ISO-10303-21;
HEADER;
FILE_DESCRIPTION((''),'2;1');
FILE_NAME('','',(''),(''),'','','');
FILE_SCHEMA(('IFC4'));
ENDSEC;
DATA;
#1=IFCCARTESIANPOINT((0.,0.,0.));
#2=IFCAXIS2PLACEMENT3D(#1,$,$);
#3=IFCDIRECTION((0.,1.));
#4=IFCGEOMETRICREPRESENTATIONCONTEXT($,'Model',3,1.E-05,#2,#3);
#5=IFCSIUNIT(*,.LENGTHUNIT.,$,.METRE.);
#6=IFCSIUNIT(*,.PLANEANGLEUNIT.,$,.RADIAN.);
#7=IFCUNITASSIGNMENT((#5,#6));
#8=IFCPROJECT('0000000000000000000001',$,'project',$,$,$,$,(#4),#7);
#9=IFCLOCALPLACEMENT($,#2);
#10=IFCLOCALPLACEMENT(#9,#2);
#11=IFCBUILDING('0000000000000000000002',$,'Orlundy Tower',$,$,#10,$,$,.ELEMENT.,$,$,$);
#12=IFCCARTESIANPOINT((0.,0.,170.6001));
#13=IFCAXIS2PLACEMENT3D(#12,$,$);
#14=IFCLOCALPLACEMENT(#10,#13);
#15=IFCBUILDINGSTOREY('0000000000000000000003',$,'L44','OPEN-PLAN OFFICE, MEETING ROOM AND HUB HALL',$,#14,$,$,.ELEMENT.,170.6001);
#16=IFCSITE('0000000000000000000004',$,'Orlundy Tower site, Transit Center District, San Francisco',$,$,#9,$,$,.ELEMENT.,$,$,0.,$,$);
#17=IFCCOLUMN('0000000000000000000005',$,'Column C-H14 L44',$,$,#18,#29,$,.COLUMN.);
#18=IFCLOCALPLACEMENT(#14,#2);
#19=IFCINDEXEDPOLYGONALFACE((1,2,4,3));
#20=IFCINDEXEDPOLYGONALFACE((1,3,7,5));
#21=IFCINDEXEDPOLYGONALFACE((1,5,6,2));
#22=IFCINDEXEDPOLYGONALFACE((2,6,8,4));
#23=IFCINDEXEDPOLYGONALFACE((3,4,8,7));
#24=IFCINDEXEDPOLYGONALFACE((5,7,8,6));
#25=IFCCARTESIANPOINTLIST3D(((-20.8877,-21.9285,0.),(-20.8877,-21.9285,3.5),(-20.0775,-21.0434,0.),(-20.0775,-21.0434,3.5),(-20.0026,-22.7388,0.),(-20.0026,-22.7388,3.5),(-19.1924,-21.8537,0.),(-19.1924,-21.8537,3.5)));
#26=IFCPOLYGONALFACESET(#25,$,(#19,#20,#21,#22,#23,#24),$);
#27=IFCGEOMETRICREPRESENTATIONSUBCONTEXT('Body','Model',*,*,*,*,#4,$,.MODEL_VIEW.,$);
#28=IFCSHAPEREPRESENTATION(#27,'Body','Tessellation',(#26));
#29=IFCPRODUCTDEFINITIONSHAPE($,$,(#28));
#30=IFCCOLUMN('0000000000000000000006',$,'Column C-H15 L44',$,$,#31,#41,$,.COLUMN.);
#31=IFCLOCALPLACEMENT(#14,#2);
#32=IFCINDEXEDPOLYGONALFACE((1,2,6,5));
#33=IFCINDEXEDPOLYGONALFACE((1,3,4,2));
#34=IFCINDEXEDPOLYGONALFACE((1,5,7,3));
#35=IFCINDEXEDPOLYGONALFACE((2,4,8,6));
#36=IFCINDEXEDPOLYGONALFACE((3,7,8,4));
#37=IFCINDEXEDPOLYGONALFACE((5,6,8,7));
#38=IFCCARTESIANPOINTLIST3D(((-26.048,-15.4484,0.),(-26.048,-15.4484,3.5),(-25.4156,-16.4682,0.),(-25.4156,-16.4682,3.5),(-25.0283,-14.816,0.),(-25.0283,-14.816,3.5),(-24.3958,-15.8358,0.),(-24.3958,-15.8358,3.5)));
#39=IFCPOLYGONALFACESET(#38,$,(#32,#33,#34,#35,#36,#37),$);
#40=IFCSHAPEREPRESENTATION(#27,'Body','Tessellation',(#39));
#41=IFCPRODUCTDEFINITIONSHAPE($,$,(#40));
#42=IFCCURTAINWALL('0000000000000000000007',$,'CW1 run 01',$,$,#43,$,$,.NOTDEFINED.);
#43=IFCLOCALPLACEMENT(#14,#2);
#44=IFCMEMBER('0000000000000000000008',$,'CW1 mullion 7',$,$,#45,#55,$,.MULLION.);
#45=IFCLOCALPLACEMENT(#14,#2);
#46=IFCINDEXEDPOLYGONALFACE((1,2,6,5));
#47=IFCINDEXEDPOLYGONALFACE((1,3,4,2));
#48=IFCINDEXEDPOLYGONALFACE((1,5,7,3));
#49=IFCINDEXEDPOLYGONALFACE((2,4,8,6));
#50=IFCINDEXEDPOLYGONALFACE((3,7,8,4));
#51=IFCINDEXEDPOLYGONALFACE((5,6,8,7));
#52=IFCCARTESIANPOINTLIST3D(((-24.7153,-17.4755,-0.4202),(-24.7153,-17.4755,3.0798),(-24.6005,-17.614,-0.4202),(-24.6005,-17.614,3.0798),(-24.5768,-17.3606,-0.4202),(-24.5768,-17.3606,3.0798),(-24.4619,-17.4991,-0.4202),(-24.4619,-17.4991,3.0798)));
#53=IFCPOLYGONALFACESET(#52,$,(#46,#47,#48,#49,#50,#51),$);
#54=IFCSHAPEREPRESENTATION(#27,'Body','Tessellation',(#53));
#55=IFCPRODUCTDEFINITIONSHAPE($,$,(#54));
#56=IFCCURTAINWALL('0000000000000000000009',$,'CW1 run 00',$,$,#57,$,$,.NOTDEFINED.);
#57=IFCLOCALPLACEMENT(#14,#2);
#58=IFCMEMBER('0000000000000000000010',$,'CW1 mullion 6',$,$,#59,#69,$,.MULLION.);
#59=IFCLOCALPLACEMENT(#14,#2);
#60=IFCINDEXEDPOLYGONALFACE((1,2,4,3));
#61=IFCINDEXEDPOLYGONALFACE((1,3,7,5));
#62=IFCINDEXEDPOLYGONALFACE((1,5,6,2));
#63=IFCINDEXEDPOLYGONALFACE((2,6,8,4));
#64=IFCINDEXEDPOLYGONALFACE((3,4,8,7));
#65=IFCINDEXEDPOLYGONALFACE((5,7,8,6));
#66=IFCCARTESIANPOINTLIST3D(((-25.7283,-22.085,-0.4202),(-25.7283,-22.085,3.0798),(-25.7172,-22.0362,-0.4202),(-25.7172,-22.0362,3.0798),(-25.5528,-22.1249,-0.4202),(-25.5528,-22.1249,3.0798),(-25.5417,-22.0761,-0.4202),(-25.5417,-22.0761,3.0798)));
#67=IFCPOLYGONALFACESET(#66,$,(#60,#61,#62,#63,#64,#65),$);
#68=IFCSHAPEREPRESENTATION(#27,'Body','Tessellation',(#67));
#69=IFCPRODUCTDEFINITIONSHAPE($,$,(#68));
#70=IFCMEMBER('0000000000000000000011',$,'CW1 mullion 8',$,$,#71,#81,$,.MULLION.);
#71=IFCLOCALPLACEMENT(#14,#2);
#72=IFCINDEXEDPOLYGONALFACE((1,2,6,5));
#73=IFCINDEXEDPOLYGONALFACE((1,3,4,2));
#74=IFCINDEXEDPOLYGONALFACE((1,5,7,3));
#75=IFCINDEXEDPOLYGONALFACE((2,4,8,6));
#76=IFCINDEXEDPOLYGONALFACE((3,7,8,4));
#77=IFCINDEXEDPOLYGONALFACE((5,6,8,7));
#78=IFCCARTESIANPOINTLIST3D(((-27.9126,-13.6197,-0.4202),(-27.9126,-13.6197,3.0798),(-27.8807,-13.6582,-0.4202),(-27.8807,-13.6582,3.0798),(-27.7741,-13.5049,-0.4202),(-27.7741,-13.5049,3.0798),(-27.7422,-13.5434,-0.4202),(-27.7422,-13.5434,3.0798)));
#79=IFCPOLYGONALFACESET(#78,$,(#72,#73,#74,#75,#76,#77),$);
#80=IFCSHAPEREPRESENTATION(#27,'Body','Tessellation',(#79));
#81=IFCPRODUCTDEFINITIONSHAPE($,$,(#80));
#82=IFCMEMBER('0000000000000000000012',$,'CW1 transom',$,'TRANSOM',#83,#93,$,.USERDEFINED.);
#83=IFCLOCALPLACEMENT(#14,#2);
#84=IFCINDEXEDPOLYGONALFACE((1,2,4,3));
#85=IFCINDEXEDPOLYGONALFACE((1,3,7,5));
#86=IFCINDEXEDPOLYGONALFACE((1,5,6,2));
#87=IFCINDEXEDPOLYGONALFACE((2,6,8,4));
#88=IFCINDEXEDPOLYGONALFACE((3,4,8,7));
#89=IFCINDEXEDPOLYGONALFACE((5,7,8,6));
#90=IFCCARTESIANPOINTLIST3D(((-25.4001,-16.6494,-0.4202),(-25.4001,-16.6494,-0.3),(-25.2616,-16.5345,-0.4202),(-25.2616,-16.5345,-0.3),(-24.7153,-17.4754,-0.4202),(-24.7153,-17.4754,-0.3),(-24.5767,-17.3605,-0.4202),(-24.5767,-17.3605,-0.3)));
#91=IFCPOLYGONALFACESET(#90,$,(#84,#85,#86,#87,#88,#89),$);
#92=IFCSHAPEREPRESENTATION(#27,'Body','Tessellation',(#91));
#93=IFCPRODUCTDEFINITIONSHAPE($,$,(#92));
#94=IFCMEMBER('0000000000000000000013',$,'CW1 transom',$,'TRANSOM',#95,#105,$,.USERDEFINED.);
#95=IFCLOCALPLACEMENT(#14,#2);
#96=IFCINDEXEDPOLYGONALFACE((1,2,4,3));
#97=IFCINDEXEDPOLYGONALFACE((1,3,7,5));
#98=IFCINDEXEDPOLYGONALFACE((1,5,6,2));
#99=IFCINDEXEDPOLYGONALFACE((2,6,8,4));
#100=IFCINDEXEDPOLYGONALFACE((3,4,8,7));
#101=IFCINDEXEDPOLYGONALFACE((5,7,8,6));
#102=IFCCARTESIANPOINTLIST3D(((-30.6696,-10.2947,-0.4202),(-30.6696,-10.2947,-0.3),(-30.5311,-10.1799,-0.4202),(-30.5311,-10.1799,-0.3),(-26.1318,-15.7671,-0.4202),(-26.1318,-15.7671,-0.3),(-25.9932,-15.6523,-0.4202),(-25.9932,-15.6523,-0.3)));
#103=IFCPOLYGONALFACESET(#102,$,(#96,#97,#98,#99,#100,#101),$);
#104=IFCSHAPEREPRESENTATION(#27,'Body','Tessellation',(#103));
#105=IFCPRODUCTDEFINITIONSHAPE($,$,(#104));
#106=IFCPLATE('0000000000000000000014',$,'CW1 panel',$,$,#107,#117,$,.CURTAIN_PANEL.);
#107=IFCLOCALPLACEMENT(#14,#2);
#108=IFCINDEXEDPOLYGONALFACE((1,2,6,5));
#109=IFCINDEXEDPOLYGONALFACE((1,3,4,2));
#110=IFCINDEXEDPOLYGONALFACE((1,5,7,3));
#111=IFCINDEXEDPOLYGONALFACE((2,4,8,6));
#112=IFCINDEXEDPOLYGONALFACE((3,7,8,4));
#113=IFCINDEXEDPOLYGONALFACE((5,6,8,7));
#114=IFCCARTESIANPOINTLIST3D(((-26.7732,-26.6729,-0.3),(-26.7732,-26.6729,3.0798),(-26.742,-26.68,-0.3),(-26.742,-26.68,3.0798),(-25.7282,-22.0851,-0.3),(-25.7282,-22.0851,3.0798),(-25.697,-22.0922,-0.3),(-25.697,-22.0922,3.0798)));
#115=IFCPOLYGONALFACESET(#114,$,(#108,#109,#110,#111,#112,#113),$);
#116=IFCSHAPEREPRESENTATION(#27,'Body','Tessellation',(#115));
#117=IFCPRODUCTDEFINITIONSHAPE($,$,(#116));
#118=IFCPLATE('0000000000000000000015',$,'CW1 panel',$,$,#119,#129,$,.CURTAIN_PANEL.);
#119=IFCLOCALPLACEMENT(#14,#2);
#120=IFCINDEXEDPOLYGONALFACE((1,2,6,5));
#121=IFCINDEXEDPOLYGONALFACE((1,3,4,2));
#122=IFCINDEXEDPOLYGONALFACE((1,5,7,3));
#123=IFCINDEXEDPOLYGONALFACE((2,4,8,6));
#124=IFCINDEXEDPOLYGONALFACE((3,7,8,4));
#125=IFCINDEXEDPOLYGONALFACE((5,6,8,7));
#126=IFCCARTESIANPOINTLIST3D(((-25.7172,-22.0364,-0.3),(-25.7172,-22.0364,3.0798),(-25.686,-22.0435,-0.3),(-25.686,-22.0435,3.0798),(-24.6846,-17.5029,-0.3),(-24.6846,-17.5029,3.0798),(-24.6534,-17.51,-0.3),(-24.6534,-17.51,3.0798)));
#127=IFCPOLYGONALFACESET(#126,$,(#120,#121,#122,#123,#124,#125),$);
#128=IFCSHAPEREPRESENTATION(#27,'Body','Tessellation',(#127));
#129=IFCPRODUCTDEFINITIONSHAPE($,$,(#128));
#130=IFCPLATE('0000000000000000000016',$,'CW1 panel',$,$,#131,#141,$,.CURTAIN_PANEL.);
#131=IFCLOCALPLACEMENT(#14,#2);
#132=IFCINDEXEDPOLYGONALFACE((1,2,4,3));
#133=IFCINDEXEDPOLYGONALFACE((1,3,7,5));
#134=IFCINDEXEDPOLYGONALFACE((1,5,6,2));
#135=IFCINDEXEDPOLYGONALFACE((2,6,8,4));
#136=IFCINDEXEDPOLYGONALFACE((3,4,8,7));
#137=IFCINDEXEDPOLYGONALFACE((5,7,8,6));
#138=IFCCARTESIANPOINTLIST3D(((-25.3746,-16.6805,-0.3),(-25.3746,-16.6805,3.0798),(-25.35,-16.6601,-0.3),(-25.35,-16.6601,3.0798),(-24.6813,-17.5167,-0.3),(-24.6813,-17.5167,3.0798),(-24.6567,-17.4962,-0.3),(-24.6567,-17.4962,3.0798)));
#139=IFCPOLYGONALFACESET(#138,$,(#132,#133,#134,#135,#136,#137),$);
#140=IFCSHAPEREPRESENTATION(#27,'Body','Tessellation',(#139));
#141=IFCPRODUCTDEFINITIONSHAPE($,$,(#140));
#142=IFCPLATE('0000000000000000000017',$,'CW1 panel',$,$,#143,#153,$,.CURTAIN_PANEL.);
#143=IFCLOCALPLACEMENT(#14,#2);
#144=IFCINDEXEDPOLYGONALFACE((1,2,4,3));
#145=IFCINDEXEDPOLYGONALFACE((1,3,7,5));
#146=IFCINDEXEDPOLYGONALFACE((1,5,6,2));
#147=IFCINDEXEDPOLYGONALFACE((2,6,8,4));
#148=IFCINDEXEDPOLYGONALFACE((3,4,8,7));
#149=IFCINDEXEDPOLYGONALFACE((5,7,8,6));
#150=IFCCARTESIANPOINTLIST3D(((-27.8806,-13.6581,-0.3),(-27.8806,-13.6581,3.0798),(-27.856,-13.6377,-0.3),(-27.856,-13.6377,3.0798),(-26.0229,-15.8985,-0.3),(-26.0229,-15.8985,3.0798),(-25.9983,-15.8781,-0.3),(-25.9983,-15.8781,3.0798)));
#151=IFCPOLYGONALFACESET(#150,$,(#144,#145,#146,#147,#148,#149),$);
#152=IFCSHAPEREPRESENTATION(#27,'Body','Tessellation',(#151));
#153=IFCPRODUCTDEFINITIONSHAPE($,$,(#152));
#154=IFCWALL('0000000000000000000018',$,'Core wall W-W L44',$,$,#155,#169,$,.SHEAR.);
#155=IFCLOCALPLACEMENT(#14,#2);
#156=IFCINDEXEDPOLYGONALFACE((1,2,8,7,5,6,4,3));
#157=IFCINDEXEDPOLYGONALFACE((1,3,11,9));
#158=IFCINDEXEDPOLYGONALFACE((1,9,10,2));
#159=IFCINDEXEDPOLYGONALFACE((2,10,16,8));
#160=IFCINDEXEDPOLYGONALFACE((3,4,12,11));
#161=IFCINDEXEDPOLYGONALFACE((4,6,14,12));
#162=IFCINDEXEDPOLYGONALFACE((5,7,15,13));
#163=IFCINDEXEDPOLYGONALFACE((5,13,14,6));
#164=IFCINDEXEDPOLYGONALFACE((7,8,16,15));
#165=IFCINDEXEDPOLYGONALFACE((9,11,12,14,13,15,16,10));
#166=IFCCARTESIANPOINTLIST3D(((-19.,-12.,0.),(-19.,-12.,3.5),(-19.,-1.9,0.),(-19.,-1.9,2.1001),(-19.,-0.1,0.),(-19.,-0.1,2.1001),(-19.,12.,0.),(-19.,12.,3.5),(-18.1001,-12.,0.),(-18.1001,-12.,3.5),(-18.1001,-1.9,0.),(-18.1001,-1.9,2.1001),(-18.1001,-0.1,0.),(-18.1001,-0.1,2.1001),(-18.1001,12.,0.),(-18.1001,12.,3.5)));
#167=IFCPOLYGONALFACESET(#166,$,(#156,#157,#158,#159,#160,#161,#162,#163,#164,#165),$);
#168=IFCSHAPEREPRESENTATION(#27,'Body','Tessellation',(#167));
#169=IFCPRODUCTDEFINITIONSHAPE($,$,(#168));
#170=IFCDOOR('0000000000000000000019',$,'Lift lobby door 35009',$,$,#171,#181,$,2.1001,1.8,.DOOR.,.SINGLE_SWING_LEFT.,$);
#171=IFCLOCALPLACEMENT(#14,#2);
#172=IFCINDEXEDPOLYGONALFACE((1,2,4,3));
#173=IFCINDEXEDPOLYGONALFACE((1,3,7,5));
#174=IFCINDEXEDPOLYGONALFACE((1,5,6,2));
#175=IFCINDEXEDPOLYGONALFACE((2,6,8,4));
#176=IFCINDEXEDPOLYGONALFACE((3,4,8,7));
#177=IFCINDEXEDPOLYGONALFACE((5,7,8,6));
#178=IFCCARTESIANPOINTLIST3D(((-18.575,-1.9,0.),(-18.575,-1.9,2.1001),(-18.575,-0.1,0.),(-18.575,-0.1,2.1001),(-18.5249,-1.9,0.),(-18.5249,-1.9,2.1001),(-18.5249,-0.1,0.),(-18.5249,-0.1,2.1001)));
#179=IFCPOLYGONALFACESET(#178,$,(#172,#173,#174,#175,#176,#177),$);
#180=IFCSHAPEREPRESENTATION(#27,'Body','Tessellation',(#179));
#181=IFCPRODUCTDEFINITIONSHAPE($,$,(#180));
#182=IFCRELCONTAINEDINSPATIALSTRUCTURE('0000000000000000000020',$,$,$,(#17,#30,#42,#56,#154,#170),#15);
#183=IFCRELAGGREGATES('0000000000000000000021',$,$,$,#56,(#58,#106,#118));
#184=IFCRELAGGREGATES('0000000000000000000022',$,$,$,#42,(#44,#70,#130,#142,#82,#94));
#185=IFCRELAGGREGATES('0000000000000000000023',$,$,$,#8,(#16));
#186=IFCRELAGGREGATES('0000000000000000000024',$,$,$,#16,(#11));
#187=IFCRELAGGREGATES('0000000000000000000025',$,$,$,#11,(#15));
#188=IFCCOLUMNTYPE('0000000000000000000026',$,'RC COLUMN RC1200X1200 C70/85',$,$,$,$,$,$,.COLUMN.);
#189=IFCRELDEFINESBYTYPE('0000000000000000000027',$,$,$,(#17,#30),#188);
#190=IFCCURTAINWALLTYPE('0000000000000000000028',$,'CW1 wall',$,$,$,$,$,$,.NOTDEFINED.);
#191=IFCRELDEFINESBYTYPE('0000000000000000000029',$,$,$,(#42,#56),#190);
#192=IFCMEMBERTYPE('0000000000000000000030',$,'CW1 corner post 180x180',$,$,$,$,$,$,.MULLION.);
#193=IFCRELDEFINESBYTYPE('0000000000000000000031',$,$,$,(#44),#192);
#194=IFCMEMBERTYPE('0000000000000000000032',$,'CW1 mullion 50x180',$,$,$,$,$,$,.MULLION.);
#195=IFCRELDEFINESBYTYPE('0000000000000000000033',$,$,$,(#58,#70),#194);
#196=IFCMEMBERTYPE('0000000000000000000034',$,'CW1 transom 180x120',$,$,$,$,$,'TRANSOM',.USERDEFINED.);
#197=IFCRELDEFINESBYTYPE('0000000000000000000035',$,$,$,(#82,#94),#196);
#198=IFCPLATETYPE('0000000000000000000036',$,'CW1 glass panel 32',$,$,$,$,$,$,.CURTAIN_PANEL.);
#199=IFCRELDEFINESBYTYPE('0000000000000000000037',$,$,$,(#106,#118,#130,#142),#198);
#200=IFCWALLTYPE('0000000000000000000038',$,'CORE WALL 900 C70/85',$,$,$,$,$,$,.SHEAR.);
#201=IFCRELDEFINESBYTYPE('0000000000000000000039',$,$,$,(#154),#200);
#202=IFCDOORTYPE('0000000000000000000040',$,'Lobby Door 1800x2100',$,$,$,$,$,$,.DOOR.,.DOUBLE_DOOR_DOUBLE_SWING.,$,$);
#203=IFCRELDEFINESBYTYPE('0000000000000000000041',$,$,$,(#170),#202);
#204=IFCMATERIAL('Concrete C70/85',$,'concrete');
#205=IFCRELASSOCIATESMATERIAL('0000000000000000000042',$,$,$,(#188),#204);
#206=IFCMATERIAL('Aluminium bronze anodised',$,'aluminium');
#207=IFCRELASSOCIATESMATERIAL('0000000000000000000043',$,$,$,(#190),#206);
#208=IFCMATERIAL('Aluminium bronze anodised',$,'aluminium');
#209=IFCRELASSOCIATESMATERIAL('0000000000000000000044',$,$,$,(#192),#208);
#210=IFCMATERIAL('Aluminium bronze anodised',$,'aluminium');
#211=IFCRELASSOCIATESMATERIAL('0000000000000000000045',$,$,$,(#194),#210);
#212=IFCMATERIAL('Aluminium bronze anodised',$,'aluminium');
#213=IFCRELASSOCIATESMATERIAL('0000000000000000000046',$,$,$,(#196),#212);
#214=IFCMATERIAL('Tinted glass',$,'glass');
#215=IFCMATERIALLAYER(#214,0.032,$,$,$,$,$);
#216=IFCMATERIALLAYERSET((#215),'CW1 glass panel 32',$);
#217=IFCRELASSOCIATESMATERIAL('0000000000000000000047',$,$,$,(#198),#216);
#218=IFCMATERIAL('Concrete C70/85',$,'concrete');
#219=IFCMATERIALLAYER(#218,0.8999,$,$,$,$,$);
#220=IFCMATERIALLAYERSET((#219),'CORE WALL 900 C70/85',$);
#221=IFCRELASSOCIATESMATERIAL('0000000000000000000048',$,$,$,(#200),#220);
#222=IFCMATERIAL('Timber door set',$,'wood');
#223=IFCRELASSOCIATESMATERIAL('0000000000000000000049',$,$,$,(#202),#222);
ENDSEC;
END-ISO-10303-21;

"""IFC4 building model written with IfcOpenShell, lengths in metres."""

from ifc_helpers import new_model, si_unit, direction, frame, frame_2d, origin, origin_2d, place, context, subcontext, project, spatial, rectangle, extrude, material, layer, layer_set, material_profile, profile_set, type_object, element, fill, aggregate, save


model = new_model("IFC4")

# Units and contexts
model_context = context("Model", 3, precision=1e-05, world=origin(), true_north=direction((0.0, 1.0)))
body_context = subcontext(model_context, "Body", "Model", "MODEL_VIEW")
ifc_project = project(units=[si_unit("LENGTHUNIT", "METRE"), si_unit("PLANEANGLEUNIT", "RADIAN")], contexts=[model_context])

# Site, building, storey
site_placement = place(None, origin())
site = spatial("IfcSite", under=ifc_project, at=site_placement, Name="Orlundy Tower site, Transit Center District, San Francisco", CompositionType="ELEMENT", RefElevation=0.0)
building_placement = place(site_placement, origin())
building = spatial("IfcBuilding", under=site, at=building_placement, Name="Orlundy Tower", CompositionType="ELEMENT")
storey_placement = place(building_placement, frame((0.0, 0.0, 170.6001)))
storey = spatial("IfcBuildingStorey", under=building, at=storey_placement, Name="L44", Description="OPEN-PLAN OFFICE, MEETING ROOM AND HUB HALL", CompositionType="ELEMENT", Elevation=170.6001)

# Columns
ifc_material_1 = material(Name="Concrete C70/85", Category="concrete")
ifc_material_profile_1 = material_profile(ifc_material_1, rectangle(XDim=1.2, YDim=1.2, at=origin_2d()), Name="RC1200X1200")
ifc_profile_set_1 = profile_set([ifc_material_profile_1], Name="Concrete C70/85")
column_type = type_object("IfcColumnType", Name="RC COLUMN RC1200X1200 C70/85", PredefinedType="COLUMN", material=ifc_profile_set_1)
for number, where, z_axis, x_axis, name in (
    (1, (-20.04, -21.8911, 0.0), (0.0, 0.0, 1.0), (-0.67523, -0.737607, 0.0), "Column C-H14 L44"),
    (2, (-25.2219, -15.6421, 0.0), (0.0, 0.0, 1.0), (-0.849838, -0.527045, 0.0), "Column C-H15 L44"),
):
    element("IfcColumn", number, at=place(storey_placement, frame(where, z_axis=z_axis, x_axis=x_axis)), inside=storey, type_object=column_type, Name=name, PredefinedType="COLUMN", context=body_context, shape_type="SweptSolid", body=[
        extrude(rectangle(XDim=1.2, YDim=1.2, at=origin_2d()), origin(), (0.0, 0.0, 1.0), 3.5),
    ])

# Curtain walls, members
ifc_material_2 = material(Name="Aluminium bronze anodised", Category="aluminium")
curtain_wall_type = type_object("IfcCurtainWallType", Name="CW1 wall", PredefinedType="NOTDEFINED", material=ifc_material_2)
curtain_wall_1_placement = place(storey_placement, origin())
curtain_wall_1 = element("IfcCurtainWall", 3, at=curtain_wall_1_placement, inside=storey, type_object=curtain_wall_type, Name="CW1 run 01", PredefinedType="NOTDEFINED")
ifc_material_3 = material(Name="Aluminium bronze anodised", Category="aluminium")
ifc_material_profile_2 = material_profile(ifc_material_3, rectangle(XDim=0.1799, YDim=0.1799, at=origin_2d()), Name="CW1 corner post 180x180")
ifc_profile_set_2 = profile_set([ifc_material_profile_2], Name="Aluminium bronze anodised")
member_type_1 = type_object("IfcMemberType", Name="CW1 corner post 180x180", PredefinedType="MULLION", material=ifc_profile_set_2)
member_1_placement = place(storey_placement, frame((-24.5886, -17.4873, -0.4202), z_axis=(0.0, 0.0, 1.0), x_axis=(-0.769788, -0.638299, 0.0)))
member_1 = element("IfcMember", 4, at=member_1_placement, type_object=member_type_1, Name="CW1 mullion 7", PredefinedType="MULLION", context=body_context, shape_type="SweptSolid", body=[
    extrude(rectangle(XDim=0.1799, YDim=0.1799, at=origin_2d()), origin(), (0.0, 0.0, 1.0), 3.5),
])
curtain_wall_2_placement = place(storey_placement, origin())
curtain_wall_2 = element("IfcCurtainWall", 5, at=curtain_wall_2_placement, inside=storey, type_object=curtain_wall_type, Name="CW1 run 00", PredefinedType="NOTDEFINED")
ifc_material_4 = material(Name="Aluminium bronze anodised", Category="aluminium")
ifc_material_profile_3 = material_profile(ifc_material_4, rectangle(XDim=0.1799, YDim=0.05, at=origin_2d()), Name="CW1 mullion 50x180")
ifc_profile_set_3 = profile_set([ifc_material_profile_3], Name="Aluminium bronze anodised")
member_type_2 = type_object("IfcMemberType", Name="CW1 mullion 50x180", PredefinedType="MULLION", material=ifc_profile_set_3)
member_2_placement = place(storey_placement, frame((-25.635, -22.0806, -0.4202), z_axis=(0.0, 0.0, 1.0), x_axis=(-0.975025, 0.222097, 0.0)))
member_2 = element("IfcMember", 6, at=member_2_placement, type_object=member_type_2, Name="CW1 mullion 6", PredefinedType="MULLION", context=body_context, shape_type="SweptSolid", body=[
    extrude(rectangle(XDim=0.1799, YDim=0.05, at=origin_2d()), origin(), (0.0, 0.0, 1.0), 3.5),
])

# Members
member_3_placement = place(storey_placement, frame((-27.8274, -13.5815, -0.4202), z_axis=(0.0, 0.0, 1.0), x_axis=(-0.769788, -0.638299, 0.0)))
member_3 = element("IfcMember", 7, at=member_3_placement, type_object=member_type_2, Name="CW1 mullion 8", PredefinedType="MULLION", context=body_context, shape_type="SweptSolid", body=[
    extrude(rectangle(XDim=0.1799, YDim=0.05, at=origin_2d()), origin(), (0.0, 0.0, 1.0), 3.5),
])
ifc_material_5 = material(Name="Aluminium bronze anodised", Category="aluminium")
ifc_material_profile_4 = material_profile(ifc_material_5, rectangle(XDim=0.1799, YDim=0.1201, at=origin_2d()), Name="CW1 transom 180x120")
ifc_profile_set_4 = profile_set([ifc_material_profile_4], Name="Aluminium bronze anodised")
member_type_3 = type_object("IfcMemberType", Name="CW1 transom 180x120", ElementType="TRANSOM", PredefinedType="USERDEFINED", material=ifc_profile_set_4)
member_4_placement = place(storey_placement, frame((-24.646, -17.418, -0.3601), z_axis=(-0.63828, 0.769804, 0.0), x_axis=(-0.769804, -0.63828, 0.0)))
member_4 = element("IfcMember", 8, at=member_4_placement, type_object=member_type_3, Name="CW1 transom", ObjectType="TRANSOM", PredefinedType="USERDEFINED", context=body_context, shape_type="SweptSolid", body=[
    extrude(rectangle(XDim=0.1799, YDim=0.1201, at=origin_2d()), origin(), (0.0, 0.0, 1.0), 1.073),
])
member_5_placement = place(storey_placement, frame((-26.0625, -15.7097, -0.3601), z_axis=(-0.638315, 0.769776, 0.0), x_axis=(-0.769776, -0.638315, 0.0)))
member_5 = element("IfcMember", 9, at=member_5_placement, type_object=member_type_3, Name="CW1 transom", ObjectType="TRANSOM", PredefinedType="USERDEFINED", context=body_context, shape_type="SweptSolid", body=[
    extrude(rectangle(XDim=0.1799, YDim=0.1201, at=origin_2d()), origin(), (0.0, 0.0, 1.0), 7.1091),
])

# Plates
ifc_material_6 = material(Name="Tinted glass", Category="glass")
ifc_layer_1 = layer(ifc_material_6, 0.032)
ifc_layer_set_1 = layer_set([ifc_layer_1], Name="CW1 glass panel 32")
plate_type = type_object("IfcPlateType", Name="CW1 glass panel 32", PredefinedType="CURTAIN_PANEL", material=ifc_layer_set_1)
plate_1_placement = place(storey_placement, frame((-26.2351, -24.3826, -0.3), z_axis=(0.0, 0.0, 1.0), x_axis=(0.222097, 0.975025, 0.0)))
plate_1 = element("IfcPlate", 10, at=plate_1_placement, type_object=plate_type, Name="CW1 panel", PredefinedType="CURTAIN_PANEL", context=body_context, shape_type="SweptSolid", body=[
    extrude(rectangle(XDim=4.7053, YDim=0.032, at=origin_2d()), origin(), (0.0, 0.0, 1.0), 3.3799),
])
plate_2_placement = place(storey_placement, frame((-25.1853, -19.7732, -0.3), z_axis=(0.0, 0.0, 1.0), x_axis=(0.222097, 0.975025, 0.0)))
plate_2 = element("IfcPlate", 11, at=plate_2_placement, type_object=plate_type, Name="CW1 panel", PredefinedType="CURTAIN_PANEL", context=body_context, shape_type="SweptSolid", body=[
    extrude(rectangle(XDim=4.6497, YDim=0.032, at=origin_2d()), origin(), (0.0, 0.0, 1.0), 3.3799),
])
aggregate(curtain_wall_2, [member_2, plate_1, plate_2])
plate_3_placement = place(storey_placement, frame((-25.0156, -17.0884, -0.3), z_axis=(0.0, 0.0, 1.0), x_axis=(-0.638299, 0.769788, 0.0)))
plate_3 = element("IfcPlate", 12, at=plate_3_placement, type_object=plate_type, Name="CW1 panel", PredefinedType="CURTAIN_PANEL", context=body_context, shape_type="SweptSolid", body=[
    extrude(rectangle(XDim=1.0862, YDim=0.032, at=origin_2d()), origin(), (0.0, 0.0, 1.0), 3.3799),
])
plate_4_placement = place(storey_placement, frame((-26.9395, -14.7681, -0.3), z_axis=(0.0, 0.0, 1.0), x_axis=(-0.638299, 0.769788, 0.0)))
plate_4 = element("IfcPlate", 13, at=plate_4_placement, type_object=plate_type, Name="CW1 panel", PredefinedType="CURTAIN_PANEL", context=body_context, shape_type="SweptSolid", body=[
    extrude(rectangle(XDim=2.9104, YDim=0.032, at=origin_2d()), origin(), (0.0, 0.0, 1.0), 3.3799),
])
aggregate(curtain_wall_1, [member_1, member_3, plate_3, plate_4, member_4, member_5])

# Wall, opening, door
ifc_material_7 = material(Name="Concrete C70/85", Category="concrete")
ifc_layer_2 = layer(ifc_material_7, 0.8999)
ifc_layer_set_2 = layer_set([ifc_layer_2], Name="CORE WALL 900 C70/85")
wall_type_1 = type_object("IfcWallType", Name="CORE WALL 900 C70/85", PredefinedType="SHEAR", material=ifc_layer_set_2)
wall_1_placement = place(storey_placement, frame((-18.55, -12.0, 0.0), z_axis=(0.0, 0.0, 1.0), x_axis=(0.0, 1.0, 0.0)))
wall_1 = element("IfcWall", 14, at=wall_1_placement, inside=storey, type_object=wall_type_1, Name="Core wall W-W L44", PredefinedType="SHEAR", context=body_context, shape_type="SweptSolid", body=[
    extrude(rectangle(XDim=24.0, YDim=0.8999, at=frame_2d((12.0, 0.0))), origin(), (0.0, 0.0, 1.0), 3.5),
])
opening_1_placement = place(wall_1_placement, frame((10.1001, 0.0, 0.0)))
opening_1 = element("IfcOpeningElement", 15, at=opening_1_placement, cuts=wall_1, PredefinedType="OPENING", context=body_context, shape_type="SweptSolid", body=[
    extrude(rectangle(XDim=1.8, YDim=2.1001, at=frame_2d((0.8999, 1.05))), frame((0.0, 0.46, 0.0), z_axis=(0.0, -1.0, 0.0), x_axis=(1.0, 0.0, 0.0)), (0.0, 0.0, 1.0), 0.9199),
])
ifc_material_8 = material(Name="Timber door set", Category="wood")
door_type_1 = type_object("IfcDoorType", Name="Lobby Door 1800x2100", OperationType="DOUBLE_DOOR_DOUBLE_SWING", PredefinedType="DOOR", material=ifc_material_8)
door_1_placement = place(opening_1_placement, origin())
door_1 = element("IfcDoor", 16, at=door_1_placement, inside=storey, type_object=door_type_1, Name="Lift lobby door 35009", OperationType="SINGLE_SWING_LEFT", OverallHeight=2.1001, OverallWidth=1.8, PredefinedType="DOOR", context=body_context, shape_type="SweptSolid", body=[
    extrude(rectangle(XDim=1.8, YDim=2.1001, at=frame_2d((0.8999, 1.05))), frame((0.0, 0.0249, 0.0), z_axis=(0.0, -1.0, 0.0), x_axis=(1.0, 0.0, 0.0)), (0.0, 0.0, 1.0), 0.05),
])
fill(opening_1, door_1)

save(model, "model.ifc")
